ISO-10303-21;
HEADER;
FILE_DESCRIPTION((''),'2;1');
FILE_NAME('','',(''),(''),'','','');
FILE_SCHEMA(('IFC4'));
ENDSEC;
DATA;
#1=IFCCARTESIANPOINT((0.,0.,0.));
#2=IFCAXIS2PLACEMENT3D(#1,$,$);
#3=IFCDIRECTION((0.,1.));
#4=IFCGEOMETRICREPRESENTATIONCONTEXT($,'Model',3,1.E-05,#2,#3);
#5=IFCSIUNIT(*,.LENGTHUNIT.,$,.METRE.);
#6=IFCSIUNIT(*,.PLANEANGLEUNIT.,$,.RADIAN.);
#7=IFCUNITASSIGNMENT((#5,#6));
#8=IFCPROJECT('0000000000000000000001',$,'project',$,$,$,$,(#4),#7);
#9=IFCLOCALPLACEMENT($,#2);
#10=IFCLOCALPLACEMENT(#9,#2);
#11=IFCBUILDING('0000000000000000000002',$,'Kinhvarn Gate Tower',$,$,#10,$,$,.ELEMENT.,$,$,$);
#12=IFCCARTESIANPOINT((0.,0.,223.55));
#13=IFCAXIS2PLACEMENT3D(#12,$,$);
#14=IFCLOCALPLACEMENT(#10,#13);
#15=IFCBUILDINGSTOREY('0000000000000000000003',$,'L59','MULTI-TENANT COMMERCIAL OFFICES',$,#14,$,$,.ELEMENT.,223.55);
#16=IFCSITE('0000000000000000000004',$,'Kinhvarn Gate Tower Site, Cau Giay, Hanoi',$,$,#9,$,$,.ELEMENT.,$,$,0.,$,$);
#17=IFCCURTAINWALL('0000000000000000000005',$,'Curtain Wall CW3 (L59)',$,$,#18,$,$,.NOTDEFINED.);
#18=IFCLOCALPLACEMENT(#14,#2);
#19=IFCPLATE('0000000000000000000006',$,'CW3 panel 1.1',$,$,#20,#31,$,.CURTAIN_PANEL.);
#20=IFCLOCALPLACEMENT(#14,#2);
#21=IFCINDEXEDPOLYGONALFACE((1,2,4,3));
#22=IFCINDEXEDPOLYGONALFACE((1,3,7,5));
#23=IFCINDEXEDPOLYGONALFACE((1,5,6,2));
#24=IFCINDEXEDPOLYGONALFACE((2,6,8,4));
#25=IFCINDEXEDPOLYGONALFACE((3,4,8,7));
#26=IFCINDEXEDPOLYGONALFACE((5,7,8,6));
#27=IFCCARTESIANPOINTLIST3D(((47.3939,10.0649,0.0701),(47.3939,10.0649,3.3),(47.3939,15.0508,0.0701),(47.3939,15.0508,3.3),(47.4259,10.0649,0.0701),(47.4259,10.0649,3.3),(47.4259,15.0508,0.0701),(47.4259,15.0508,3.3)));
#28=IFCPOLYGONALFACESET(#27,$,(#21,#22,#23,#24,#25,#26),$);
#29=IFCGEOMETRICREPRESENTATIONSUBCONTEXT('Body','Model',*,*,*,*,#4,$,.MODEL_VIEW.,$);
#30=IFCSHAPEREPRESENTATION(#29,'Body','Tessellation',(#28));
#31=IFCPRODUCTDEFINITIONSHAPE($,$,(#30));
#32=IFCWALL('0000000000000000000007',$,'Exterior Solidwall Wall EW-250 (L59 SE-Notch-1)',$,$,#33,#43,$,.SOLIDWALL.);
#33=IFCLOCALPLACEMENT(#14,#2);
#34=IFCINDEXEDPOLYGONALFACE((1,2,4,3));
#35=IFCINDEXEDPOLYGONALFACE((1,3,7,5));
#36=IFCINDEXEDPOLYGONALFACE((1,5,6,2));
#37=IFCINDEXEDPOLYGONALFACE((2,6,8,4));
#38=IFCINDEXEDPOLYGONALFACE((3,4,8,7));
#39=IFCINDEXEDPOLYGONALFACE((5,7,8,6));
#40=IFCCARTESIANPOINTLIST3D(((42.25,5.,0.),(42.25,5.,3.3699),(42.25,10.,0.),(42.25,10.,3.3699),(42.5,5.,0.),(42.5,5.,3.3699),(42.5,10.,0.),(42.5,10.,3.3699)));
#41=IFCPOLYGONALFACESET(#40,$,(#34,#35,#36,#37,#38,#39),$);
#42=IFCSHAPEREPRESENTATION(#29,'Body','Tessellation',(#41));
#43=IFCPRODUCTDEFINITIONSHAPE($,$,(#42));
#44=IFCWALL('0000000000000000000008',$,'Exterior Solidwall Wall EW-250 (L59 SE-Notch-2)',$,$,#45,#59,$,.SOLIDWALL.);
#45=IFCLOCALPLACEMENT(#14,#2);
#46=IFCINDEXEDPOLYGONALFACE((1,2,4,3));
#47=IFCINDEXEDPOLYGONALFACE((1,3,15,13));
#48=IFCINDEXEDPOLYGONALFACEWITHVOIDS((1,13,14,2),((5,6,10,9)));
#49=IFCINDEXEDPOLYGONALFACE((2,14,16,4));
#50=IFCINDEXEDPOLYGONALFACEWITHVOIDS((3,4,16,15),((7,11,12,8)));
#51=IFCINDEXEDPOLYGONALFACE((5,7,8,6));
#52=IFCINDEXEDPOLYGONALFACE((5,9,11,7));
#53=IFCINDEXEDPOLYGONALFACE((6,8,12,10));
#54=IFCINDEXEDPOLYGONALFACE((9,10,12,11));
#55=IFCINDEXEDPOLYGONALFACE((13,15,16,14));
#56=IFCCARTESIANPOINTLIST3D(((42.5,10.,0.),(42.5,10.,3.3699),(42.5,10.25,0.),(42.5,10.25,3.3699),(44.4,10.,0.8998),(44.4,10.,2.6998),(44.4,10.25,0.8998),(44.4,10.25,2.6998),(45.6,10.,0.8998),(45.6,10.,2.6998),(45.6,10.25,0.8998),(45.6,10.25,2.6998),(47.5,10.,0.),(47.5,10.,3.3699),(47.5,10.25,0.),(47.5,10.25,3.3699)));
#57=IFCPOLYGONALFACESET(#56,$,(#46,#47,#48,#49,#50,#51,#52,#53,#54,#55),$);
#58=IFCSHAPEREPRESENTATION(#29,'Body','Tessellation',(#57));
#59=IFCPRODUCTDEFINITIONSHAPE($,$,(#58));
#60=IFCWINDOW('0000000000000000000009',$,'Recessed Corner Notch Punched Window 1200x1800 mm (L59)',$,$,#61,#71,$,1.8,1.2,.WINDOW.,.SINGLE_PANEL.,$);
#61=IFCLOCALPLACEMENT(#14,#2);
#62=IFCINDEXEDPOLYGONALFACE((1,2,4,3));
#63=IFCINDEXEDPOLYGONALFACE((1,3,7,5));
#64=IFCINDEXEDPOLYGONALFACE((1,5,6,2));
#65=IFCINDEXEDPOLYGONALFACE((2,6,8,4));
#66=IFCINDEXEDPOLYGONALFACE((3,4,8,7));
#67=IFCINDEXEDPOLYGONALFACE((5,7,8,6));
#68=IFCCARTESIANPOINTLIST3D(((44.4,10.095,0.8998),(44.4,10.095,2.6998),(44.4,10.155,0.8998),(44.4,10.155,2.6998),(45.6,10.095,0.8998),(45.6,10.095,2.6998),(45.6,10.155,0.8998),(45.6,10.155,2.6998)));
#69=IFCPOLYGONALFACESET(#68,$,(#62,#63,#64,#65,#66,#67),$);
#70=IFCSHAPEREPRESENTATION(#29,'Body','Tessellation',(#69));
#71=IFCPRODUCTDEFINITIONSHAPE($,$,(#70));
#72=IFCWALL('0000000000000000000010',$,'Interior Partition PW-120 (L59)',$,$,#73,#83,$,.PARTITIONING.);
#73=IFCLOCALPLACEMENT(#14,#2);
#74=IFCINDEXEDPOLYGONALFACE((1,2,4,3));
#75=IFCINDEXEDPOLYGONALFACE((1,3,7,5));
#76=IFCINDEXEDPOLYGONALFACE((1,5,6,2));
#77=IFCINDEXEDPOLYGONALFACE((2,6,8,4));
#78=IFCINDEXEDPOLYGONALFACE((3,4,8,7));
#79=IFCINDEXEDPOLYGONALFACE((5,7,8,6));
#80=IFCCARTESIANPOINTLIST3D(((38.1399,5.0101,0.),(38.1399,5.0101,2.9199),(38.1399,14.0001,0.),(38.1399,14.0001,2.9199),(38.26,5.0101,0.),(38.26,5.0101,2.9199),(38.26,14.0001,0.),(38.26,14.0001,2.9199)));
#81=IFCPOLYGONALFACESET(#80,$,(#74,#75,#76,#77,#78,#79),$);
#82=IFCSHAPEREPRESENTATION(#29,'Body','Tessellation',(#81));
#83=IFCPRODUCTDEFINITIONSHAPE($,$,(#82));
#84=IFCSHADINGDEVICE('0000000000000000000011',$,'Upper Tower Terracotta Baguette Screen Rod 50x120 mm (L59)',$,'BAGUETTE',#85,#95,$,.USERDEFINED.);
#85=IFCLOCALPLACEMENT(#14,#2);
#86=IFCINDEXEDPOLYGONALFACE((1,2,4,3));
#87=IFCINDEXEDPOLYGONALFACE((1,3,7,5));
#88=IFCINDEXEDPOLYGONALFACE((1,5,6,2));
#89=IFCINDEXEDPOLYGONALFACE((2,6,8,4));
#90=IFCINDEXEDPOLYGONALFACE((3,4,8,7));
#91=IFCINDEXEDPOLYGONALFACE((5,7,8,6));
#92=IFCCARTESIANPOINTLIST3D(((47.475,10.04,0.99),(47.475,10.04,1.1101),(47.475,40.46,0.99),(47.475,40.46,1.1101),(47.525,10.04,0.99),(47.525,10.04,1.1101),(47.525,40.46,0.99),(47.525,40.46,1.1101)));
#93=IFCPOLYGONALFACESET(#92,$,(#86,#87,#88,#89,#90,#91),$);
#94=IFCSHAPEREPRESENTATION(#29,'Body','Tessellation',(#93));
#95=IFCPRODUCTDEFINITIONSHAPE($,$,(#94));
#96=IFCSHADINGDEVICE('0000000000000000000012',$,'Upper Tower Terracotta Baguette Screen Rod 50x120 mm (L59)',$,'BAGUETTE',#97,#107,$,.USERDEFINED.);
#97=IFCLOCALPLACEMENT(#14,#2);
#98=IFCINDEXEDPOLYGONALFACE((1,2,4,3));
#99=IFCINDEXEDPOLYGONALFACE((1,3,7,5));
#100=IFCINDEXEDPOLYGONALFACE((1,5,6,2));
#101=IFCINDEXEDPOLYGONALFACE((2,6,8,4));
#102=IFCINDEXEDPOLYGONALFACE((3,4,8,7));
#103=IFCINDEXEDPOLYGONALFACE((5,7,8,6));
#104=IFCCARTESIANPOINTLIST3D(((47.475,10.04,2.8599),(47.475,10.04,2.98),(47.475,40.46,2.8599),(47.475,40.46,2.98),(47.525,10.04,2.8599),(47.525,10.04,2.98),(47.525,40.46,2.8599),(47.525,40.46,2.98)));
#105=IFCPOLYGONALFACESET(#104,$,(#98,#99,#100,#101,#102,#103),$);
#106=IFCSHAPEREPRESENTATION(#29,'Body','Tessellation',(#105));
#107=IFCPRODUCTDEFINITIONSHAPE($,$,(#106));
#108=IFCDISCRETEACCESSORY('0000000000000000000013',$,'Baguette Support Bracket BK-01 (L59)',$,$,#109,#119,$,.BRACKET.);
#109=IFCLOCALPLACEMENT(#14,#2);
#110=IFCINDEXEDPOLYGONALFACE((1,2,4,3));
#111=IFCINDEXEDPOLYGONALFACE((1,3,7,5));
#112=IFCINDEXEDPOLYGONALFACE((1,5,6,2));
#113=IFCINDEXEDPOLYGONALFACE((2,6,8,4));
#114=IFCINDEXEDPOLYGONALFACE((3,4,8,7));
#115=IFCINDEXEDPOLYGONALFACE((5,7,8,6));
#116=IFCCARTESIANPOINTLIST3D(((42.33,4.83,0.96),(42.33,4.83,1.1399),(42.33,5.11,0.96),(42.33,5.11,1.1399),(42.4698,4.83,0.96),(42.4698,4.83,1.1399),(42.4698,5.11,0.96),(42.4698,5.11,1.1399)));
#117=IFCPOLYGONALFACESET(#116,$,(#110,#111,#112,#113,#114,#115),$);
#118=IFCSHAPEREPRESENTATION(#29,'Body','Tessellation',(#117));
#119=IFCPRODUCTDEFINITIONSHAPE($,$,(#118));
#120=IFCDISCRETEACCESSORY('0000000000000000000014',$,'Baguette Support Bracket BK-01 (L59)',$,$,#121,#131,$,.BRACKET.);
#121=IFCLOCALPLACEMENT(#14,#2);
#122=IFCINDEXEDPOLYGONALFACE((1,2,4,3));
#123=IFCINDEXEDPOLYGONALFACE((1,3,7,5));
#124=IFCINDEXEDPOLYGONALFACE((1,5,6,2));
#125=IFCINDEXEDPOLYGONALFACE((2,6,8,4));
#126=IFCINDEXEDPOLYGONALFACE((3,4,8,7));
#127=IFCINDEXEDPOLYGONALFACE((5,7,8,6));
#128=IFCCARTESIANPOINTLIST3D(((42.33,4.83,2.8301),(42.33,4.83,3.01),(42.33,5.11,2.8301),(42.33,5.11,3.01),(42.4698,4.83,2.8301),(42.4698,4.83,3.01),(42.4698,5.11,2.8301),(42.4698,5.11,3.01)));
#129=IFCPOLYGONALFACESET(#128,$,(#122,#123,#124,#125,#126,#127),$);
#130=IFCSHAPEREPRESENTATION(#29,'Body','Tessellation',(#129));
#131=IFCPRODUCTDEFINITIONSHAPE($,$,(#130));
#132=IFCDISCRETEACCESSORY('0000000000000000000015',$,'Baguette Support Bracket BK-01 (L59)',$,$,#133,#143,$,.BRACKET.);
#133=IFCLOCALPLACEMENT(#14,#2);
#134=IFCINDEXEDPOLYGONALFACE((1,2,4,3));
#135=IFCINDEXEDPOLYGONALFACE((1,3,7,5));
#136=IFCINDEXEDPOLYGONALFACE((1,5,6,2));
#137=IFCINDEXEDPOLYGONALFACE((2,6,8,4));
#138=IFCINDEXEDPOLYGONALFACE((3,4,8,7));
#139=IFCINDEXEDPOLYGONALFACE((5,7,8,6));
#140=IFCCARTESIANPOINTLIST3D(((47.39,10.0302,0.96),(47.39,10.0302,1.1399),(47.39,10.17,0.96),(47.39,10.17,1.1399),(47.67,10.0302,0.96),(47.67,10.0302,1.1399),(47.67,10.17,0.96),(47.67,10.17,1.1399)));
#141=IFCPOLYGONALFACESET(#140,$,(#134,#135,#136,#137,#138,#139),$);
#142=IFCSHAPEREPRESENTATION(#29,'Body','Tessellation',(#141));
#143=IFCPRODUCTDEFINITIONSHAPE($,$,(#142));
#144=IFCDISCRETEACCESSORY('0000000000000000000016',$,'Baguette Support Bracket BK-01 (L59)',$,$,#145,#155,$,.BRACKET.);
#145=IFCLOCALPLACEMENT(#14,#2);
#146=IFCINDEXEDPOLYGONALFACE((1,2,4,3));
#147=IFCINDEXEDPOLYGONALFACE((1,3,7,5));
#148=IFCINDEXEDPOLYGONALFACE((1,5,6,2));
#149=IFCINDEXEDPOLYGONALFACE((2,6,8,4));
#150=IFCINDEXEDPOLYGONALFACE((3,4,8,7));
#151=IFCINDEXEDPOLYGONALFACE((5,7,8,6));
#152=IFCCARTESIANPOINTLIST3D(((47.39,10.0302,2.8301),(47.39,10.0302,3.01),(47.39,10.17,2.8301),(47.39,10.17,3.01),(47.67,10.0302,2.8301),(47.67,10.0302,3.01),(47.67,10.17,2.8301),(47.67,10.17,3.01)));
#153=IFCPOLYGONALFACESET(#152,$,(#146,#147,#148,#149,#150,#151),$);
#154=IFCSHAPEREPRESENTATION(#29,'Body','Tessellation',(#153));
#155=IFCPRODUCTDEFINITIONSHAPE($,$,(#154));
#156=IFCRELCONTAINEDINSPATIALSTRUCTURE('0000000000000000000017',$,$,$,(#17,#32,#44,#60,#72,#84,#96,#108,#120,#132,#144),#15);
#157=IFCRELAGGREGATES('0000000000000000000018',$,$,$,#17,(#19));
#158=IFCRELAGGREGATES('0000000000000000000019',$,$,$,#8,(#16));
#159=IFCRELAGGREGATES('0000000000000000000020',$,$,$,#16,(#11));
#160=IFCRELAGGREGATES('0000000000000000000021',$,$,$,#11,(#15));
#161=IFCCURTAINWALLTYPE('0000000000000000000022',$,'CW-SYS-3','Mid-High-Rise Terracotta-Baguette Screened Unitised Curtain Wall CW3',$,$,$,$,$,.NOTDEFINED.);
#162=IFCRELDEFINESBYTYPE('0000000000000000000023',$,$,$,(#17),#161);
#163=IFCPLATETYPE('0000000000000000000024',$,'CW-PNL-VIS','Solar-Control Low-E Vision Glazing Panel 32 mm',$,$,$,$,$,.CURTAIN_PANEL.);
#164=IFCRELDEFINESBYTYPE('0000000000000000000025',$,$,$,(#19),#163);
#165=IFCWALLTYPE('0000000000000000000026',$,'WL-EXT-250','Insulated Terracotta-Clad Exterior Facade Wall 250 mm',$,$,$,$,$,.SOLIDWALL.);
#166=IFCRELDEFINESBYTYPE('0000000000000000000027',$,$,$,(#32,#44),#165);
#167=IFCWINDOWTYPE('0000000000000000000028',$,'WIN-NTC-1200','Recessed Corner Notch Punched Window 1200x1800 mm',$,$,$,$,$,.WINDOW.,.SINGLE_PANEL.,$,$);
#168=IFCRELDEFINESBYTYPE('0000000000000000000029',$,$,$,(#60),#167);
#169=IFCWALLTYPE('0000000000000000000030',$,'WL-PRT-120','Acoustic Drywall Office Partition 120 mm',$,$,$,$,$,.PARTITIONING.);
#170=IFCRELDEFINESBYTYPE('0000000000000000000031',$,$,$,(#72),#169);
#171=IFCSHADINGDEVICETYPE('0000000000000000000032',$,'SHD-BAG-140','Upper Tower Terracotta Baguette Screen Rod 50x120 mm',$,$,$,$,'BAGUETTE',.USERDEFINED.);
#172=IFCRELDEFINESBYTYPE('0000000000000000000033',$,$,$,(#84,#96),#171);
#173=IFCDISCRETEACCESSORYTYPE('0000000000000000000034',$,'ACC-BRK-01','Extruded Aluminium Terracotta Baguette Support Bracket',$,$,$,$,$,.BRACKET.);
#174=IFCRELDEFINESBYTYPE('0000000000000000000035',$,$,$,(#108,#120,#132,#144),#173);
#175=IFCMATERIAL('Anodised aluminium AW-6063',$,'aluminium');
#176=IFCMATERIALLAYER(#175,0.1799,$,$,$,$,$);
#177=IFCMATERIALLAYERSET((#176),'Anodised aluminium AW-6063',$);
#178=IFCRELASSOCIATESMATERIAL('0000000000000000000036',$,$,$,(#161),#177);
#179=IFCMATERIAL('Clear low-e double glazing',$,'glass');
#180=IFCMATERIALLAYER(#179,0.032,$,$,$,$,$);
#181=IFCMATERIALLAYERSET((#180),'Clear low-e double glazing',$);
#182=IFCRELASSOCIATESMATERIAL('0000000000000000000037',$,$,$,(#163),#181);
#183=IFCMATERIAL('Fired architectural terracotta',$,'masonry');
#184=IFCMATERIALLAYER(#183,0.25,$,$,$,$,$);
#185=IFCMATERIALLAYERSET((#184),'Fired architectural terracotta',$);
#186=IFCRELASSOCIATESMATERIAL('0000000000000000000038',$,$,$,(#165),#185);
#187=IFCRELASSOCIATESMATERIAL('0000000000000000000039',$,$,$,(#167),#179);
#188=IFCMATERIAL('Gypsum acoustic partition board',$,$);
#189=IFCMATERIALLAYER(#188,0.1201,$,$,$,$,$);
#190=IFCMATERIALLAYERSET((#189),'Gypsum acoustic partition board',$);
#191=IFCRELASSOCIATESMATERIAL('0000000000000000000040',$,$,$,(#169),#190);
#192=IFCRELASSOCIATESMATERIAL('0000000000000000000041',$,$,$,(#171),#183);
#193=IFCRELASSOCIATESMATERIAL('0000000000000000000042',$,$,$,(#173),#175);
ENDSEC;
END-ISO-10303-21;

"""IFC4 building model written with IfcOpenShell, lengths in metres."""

from ifc_helpers import new_model, si_unit, direction, frame, frame_2d, origin, origin_2d, place, context, subcontext, project, spatial, rectangle, extrude, material, layer, layer_set, material_profile, profile_set, type_object, element, fill, aggregate, save


model = new_model("IFC4")

# Units and contexts
model_context = context("Model", 3, precision=1e-05, world=origin(), true_north=direction((0.0, 1.0)))
body_context = subcontext(model_context, "Body", "Model", "MODEL_VIEW")
ifc_project = project(units=[si_unit("LENGTHUNIT", "METRE"), si_unit("PLANEANGLEUNIT", "RADIAN")], contexts=[model_context])

# Site, building, storey
site_placement = place(None, origin())
site = spatial("IfcSite", under=ifc_project, at=site_placement, Name="Kinhvarn Gate Tower Site, Cau Giay, Hanoi", CompositionType="ELEMENT", RefElevation=0.0)
building_placement = place(site_placement, origin())
building = spatial("IfcBuilding", under=site, at=building_placement, Name="Kinhvarn Gate Tower", CompositionType="ELEMENT")
storey_placement = place(building_placement, frame((0.0, 0.0, 223.55)))
storey = spatial("IfcBuildingStorey", under=building, at=storey_placement, Name="L59", Description="MULTI-TENANT COMMERCIAL OFFICES", CompositionType="ELEMENT", Elevation=223.55)

# Shared definitions
ifc_material_1 = material(Name="Anodised aluminium AW-6063", Category="aluminium")
ifc_layer_1 = layer(ifc_material_1, 0.1799)
ifc_layer_set_1 = layer_set([ifc_layer_1], Name="Anodised aluminium AW-6063")
curtain_wall_type = type_object("IfcCurtainWallType", Name="CW-SYS-3", Description="Mid-High-Rise Terracotta-Baguette Screened Unitised Curtain Wall CW3", PredefinedType="NOTDEFINED", material=ifc_layer_set_1)

# Curtain wall
curtain_wall_1_placement = place(storey_placement, origin())
curtain_wall_1 = element("IfcCurtainWall", 1, at=curtain_wall_1_placement, inside=storey, type_object=curtain_wall_type, Name="Curtain Wall CW3 (L59)", PredefinedType="NOTDEFINED")

# Plate
ifc_material_2 = material(Name="Clear low-e double glazing", Category="glass")
ifc_layer_2 = layer(ifc_material_2, 0.032)
ifc_layer_set_2 = layer_set([ifc_layer_2], Name="Clear low-e double glazing")
plate_type = type_object("IfcPlateType", Name="CW-PNL-VIS", Description="Solar-Control Low-E Vision Glazing Panel 32 mm", PredefinedType="CURTAIN_PANEL", material=ifc_layer_set_2)
plate_1_placement = place(storey_placement, frame((47.4099, 12.5579, 0.0701), z_axis=(0.0, 0.0, 1.0), x_axis=(0.0, 1.0, 0.0)))
plate_1 = element("IfcPlate", 2, at=plate_1_placement, type_object=plate_type, Name="CW3 panel 1.1", PredefinedType="CURTAIN_PANEL", context=body_context, shape_type="SweptSolid", body=[
    extrude(rectangle(XDim=4.9858, YDim=0.032, at=origin_2d()), origin(), (0.0, 0.0, 1.0), 3.23),
])
aggregate(curtain_wall_1, [plate_1])

# Wall
ifc_material_3 = material(Name="Fired architectural terracotta", Category="masonry")
ifc_layer_3 = layer(ifc_material_3, 0.25)
ifc_layer_set_3 = layer_set([ifc_layer_3], Name="Fired architectural terracotta")
wall_type_1 = type_object("IfcWallType", Name="WL-EXT-250", Description="Insulated Terracotta-Clad Exterior Facade Wall 250 mm", PredefinedType="SOLIDWALL", material=ifc_layer_set_3)
wall_1_placement = place(storey_placement, frame((42.375, 5.0, 0.0), z_axis=(0.0, 0.0, 1.0), x_axis=(0.0, 1.0, 0.0)))
element("IfcWall", 3, at=wall_1_placement, inside=storey, type_object=wall_type_1, Name="Exterior Solidwall Wall EW-250 (L59 SE-Notch-1)", PredefinedType="SOLIDWALL", context=body_context, shape_type="SweptSolid", body=[
    extrude(rectangle(XDim=5.0, YDim=0.25, at=frame_2d((2.5, 0.0))), origin(), (0.0, 0.0, 1.0), 3.3699),
])

# Wall, opening, window
wall_2_placement = place(storey_placement, frame((42.5, 10.125, 0.0), z_axis=(0.0, 0.0, 1.0), x_axis=(1.0, 0.0, 0.0)))
wall_2 = element("IfcWall", 4, at=wall_2_placement, inside=storey, type_object=wall_type_1, Name="Exterior Solidwall Wall EW-250 (L59 SE-Notch-2)", PredefinedType="SOLIDWALL", context=body_context, shape_type="SweptSolid", body=[
    extrude(rectangle(XDim=5.0, YDim=0.25, at=frame_2d((2.5, 0.0))), origin(), (0.0, 0.0, 1.0), 3.3699),
])
opening_placement = place(wall_2_placement, frame((1.8999, 0.0, 0.8999)))
opening = element("IfcOpeningElement", 5, at=opening_placement, cuts=wall_2, PredefinedType="OPENING", context=body_context, shape_type="SweptSolid", body=[
    extrude(rectangle(XDim=1.2, YDim=1.8, at=frame_2d((0.6001, 0.8999))), frame((0.0, 0.135, 0.0), z_axis=(0.0, -1.0, 0.0), x_axis=(1.0, 0.0, 0.0)), (0.0, 0.0, 1.0), 0.27),
])
window_type = type_object("IfcWindowType", Name="WIN-NTC-1200", Description="Recessed Corner Notch Punched Window 1200x1800 mm", PartitioningType="SINGLE_PANEL", PredefinedType="WINDOW", material=ifc_material_2)
window_placement = place(opening_placement, origin())
window = element("IfcWindow", 6, at=window_placement, inside=storey, type_object=window_type, Name="Recessed Corner Notch Punched Window 1200x1800 mm (L59)", OverallHeight=1.8, OverallWidth=1.2, PartitioningType="SINGLE_PANEL", PredefinedType="WINDOW", context=body_context, shape_type="SweptSolid", body=[
    extrude(rectangle(XDim=1.2, YDim=1.8, at=frame_2d((0.6001, 0.8999))), frame((0.0, 0.03, 0.0), z_axis=(0.0, -1.0, 0.0), x_axis=(1.0, 0.0, 0.0)), (0.0, 0.0, 1.0), 0.0601),
])
fill(opening, window)

# Wall
ifc_material_4 = material(Name="Gypsum acoustic partition board")
ifc_layer_4 = layer(ifc_material_4, 0.1201)
ifc_layer_set_4 = layer_set([ifc_layer_4], Name="Gypsum acoustic partition board")
wall_type_2 = type_object("IfcWallType", Name="WL-PRT-120", Description="Acoustic Drywall Office Partition 120 mm", PredefinedType="PARTITIONING", material=ifc_layer_set_4)
wall_3_placement = place(storey_placement, frame((38.2, 5.01, 0.0), z_axis=(0.0, 0.0, 1.0), x_axis=(0.0, 1.0, 0.0)))
element("IfcWall", 7, at=wall_3_placement, inside=storey, type_object=wall_type_2, Name="Interior Partition PW-120 (L59)", PredefinedType="PARTITIONING", context=body_context, shape_type="SweptSolid", body=[
    extrude(rectangle(XDim=8.99, YDim=0.1201, at=frame_2d((4.4951, 0.0))), origin(), (0.0, 0.0, 1.0), 2.9199),
])

# Shading devices
ifc_material_profile_1 = material_profile(ifc_material_3, rectangle(XDim=0.05, YDim=0.1201, at=origin_2d()), Name="TC 50x120")
ifc_profile_set_1 = profile_set([ifc_material_profile_1], Name="Fired architectural terracotta")
shading_device_type = type_object("IfcShadingDeviceType", Name="SHD-BAG-140", Description="Upper Tower Terracotta Baguette Screen Rod 50x120 mm", ElementType="BAGUETTE", PredefinedType="USERDEFINED", material=ifc_profile_set_1)
for number, where, z_axis, x_axis, name in (
    (8, (47.5, 10.04, 1.05), (0.0, 1.0, 0.0), (-1.0, 0.0, 0.0), "Upper Tower Terracotta Baguette Screen Rod 50x120 mm (L59)"),
    (9, (47.5, 10.04, 2.9199), (0.0, 1.0, 0.0), (-1.0, 0.0, 0.0), "Upper Tower Terracotta Baguette Screen Rod 50x120 mm (L59)"),
):
    element("IfcShadingDevice", number, at=place(storey_placement, frame(where, z_axis=z_axis, x_axis=x_axis)), inside=storey, type_object=shading_device_type, Name=name, ObjectType="BAGUETTE", PredefinedType="USERDEFINED", context=body_context, shape_type="SweptSolid", body=[
        extrude(rectangle(XDim=0.05, YDim=0.1201, at=origin_2d()), origin(), (0.0, 0.0, 1.0), 30.4199),
    ])

# Discrete accessories
discrete_accessory_type = type_object("IfcDiscreteAccessoryType", Name="ACC-BRK-01", Description="Extruded Aluminium Terracotta Baguette Support Bracket", PredefinedType="BRACKET", material=ifc_material_1)
for number, where, z_axis, x_axis, name in (
    (10, (42.3999, 4.97, 0.96), (0.0, 0.0, 1.0), (1.0, 0.0, 0.0), "Baguette Support Bracket BK-01 (L59)"),
    (11, (42.3999, 4.97, 2.8301), (0.0, 0.0, 1.0), (1.0, 0.0, 0.0), "Baguette Support Bracket BK-01 (L59)"),
    (12, (47.53, 10.1001, 0.96), (0.0, 0.0, 1.0), (0.0, 1.0, 0.0), "Baguette Support Bracket BK-01 (L59)"),
    (13, (47.53, 10.1001, 2.8301), (0.0, 0.0, 1.0), (0.0, 1.0, 0.0), "Baguette Support Bracket BK-01 (L59)"),
):
    element("IfcDiscreteAccessory", number, at=place(storey_placement, frame(where, z_axis=z_axis, x_axis=x_axis)), inside=storey, type_object=discrete_accessory_type, Name=name, PredefinedType="BRACKET", context=body_context, shape_type="SweptSolid", body=[
        extrude(rectangle(XDim=0.1399, YDim=0.28, at=origin_2d()), origin(), (0.0, 0.0, 1.0), 0.1799),
    ])

save(model, "model.ifc")
